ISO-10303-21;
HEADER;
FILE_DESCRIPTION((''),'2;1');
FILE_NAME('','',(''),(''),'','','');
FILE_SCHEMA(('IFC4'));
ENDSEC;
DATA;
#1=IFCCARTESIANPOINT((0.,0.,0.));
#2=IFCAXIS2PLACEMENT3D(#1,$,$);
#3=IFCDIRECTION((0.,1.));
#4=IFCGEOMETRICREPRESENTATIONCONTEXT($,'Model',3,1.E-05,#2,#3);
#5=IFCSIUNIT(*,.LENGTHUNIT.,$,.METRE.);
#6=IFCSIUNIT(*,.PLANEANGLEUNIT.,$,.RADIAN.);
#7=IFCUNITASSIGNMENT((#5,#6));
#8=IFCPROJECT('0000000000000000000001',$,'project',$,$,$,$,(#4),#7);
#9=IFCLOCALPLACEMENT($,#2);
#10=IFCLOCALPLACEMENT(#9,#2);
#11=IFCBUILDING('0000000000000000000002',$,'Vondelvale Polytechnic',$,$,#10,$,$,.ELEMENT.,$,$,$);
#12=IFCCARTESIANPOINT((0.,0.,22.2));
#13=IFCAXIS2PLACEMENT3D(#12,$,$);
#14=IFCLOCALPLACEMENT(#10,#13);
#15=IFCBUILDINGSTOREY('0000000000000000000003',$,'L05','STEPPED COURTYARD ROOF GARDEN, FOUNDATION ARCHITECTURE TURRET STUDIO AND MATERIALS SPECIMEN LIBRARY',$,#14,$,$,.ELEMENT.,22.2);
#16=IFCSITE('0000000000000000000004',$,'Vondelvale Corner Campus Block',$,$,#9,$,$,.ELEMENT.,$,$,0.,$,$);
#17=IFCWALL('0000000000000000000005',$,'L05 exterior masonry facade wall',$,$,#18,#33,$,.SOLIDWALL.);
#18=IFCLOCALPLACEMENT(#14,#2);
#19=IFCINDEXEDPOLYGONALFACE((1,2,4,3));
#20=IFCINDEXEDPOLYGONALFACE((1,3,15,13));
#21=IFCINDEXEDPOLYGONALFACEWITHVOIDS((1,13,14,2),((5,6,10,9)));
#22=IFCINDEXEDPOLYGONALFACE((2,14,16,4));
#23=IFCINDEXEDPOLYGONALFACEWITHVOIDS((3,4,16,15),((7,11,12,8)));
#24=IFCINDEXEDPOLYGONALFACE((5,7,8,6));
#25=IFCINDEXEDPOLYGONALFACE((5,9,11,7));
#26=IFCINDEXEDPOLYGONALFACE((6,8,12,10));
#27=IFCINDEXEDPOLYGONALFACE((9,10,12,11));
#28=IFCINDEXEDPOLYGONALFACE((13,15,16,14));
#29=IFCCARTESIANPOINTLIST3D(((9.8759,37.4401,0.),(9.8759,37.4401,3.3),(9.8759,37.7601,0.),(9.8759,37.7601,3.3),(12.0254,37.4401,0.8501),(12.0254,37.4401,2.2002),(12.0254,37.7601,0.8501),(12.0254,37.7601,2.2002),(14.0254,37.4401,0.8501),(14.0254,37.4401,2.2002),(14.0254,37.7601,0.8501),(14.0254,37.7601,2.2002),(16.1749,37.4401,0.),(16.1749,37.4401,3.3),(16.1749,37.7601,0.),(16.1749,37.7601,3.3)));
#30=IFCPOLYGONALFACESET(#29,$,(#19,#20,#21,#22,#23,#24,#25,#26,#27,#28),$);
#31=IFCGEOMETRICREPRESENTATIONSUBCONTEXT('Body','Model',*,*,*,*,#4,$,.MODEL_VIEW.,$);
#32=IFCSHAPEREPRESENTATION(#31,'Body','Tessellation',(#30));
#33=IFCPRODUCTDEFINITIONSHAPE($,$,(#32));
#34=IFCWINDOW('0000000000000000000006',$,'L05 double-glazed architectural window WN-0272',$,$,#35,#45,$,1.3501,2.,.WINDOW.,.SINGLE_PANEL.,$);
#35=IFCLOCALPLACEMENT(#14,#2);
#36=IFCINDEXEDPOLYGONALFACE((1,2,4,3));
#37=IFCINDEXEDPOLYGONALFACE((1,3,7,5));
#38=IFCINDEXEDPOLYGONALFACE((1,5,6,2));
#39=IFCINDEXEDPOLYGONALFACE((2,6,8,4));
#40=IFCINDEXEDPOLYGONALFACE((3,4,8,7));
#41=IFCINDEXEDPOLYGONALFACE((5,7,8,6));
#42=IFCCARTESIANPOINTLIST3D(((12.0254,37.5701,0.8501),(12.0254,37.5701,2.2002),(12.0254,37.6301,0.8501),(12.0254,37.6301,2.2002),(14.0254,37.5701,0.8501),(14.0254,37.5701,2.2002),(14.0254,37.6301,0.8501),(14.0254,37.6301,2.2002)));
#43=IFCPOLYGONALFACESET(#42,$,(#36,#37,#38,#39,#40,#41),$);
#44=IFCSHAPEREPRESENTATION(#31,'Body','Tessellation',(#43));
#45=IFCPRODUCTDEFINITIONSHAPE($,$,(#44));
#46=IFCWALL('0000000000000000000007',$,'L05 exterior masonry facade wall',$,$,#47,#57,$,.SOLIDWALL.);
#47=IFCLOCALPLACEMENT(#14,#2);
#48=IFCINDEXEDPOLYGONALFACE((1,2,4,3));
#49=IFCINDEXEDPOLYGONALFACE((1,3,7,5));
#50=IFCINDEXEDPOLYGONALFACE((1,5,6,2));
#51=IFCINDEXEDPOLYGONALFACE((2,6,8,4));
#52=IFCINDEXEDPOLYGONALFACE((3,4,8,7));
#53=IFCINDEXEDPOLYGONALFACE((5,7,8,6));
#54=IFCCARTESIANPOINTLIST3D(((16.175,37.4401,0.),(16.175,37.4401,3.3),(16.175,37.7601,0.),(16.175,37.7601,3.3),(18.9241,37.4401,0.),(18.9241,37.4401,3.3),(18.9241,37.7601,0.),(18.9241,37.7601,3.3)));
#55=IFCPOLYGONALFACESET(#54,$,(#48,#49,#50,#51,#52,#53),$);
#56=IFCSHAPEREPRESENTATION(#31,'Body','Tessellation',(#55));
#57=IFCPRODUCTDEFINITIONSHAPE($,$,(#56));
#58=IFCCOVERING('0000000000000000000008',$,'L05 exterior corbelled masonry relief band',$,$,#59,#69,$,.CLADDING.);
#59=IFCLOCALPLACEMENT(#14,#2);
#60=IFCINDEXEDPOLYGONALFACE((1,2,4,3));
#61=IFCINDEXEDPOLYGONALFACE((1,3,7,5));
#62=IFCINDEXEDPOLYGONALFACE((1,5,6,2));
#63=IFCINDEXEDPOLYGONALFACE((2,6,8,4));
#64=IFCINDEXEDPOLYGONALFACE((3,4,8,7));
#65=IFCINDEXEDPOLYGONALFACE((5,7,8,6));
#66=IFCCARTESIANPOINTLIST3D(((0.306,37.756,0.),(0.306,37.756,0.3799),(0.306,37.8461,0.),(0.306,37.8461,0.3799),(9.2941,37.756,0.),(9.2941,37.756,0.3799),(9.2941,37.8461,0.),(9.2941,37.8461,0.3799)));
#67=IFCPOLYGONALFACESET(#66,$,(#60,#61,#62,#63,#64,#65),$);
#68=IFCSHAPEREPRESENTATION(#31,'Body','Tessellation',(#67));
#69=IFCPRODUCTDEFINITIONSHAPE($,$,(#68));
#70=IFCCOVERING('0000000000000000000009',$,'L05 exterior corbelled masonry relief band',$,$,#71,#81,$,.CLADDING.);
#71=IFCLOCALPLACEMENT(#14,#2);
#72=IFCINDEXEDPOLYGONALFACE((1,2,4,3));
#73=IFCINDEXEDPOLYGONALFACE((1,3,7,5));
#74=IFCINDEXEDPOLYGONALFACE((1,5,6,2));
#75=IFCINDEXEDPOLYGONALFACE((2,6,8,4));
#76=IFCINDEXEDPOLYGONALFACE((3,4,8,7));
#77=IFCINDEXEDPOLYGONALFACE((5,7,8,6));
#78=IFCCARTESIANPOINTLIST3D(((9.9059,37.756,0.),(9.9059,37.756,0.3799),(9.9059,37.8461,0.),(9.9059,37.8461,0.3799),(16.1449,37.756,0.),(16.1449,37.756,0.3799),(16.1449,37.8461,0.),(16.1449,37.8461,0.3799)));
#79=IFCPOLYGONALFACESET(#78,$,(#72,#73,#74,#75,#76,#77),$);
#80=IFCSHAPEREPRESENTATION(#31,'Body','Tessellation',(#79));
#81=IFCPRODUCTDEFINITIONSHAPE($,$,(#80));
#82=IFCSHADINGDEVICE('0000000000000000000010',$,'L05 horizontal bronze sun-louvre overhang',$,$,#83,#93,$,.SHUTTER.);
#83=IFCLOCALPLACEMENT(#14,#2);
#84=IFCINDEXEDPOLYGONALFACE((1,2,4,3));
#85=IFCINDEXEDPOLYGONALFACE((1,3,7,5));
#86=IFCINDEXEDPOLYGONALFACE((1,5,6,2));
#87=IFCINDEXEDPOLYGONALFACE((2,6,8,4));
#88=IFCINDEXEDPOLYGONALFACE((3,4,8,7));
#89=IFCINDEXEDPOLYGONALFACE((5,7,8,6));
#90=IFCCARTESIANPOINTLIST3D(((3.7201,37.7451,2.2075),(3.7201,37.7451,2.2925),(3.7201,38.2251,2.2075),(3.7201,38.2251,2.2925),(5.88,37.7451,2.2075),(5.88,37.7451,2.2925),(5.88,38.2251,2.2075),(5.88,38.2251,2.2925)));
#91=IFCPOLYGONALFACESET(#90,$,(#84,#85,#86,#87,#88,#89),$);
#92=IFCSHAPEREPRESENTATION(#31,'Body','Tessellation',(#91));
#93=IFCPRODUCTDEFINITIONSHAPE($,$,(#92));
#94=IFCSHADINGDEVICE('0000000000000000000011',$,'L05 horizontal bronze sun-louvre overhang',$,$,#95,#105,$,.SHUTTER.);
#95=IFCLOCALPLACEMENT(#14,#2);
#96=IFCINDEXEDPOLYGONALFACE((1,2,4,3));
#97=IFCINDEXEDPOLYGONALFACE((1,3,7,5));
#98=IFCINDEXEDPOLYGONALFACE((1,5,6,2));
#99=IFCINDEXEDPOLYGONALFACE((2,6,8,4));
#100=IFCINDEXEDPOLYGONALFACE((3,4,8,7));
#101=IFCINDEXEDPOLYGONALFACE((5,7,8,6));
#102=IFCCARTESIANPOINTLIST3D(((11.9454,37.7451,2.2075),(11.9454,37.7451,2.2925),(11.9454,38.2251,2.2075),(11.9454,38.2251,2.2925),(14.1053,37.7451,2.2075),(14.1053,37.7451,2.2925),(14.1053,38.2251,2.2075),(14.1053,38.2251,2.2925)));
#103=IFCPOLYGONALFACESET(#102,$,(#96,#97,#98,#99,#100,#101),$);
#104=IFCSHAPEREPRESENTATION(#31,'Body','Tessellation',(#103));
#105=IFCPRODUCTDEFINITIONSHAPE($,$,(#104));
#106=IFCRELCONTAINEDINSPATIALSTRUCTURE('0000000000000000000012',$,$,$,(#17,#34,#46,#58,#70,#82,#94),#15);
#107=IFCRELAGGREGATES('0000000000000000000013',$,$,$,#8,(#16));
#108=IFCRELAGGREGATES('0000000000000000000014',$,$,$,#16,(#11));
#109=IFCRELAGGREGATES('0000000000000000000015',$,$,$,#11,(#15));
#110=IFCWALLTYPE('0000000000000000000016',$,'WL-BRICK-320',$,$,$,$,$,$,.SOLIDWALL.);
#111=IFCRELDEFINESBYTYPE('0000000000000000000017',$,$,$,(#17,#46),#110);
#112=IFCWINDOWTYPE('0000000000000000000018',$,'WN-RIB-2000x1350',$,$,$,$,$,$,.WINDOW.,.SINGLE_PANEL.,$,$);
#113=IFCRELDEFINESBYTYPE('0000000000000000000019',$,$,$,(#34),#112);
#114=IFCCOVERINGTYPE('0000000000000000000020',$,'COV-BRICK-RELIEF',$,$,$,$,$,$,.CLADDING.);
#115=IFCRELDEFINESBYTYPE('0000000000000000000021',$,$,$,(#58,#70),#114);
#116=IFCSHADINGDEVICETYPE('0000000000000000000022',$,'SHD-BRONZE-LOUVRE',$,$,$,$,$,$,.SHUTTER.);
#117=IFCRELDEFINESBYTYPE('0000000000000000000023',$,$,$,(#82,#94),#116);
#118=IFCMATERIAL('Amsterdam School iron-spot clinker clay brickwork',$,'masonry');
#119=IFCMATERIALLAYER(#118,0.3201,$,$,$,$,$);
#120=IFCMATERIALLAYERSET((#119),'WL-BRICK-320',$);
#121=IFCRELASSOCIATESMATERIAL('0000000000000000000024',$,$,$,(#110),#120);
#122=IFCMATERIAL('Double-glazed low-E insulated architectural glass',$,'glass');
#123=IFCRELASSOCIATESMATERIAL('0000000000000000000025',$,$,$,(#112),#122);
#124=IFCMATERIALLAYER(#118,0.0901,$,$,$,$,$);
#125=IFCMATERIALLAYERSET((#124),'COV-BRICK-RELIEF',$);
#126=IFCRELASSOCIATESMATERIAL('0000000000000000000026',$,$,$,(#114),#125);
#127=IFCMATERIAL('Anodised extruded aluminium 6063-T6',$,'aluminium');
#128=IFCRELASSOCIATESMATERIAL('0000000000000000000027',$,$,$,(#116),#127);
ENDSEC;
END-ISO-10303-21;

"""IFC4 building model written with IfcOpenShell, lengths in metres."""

from ifc_helpers import new_model, si_unit, direction, frame, frame_2d, origin, origin_2d, place, context, subcontext, project, spatial, rectangle, extrude, material, layer, layer_set, type_object, element, fill, save


model = new_model("IFC4")

# Units and contexts
model_context = context("Model", 3, precision=1e-05, world=origin(), true_north=direction((0.0, 1.0)))
body_context = subcontext(model_context, "Body", "Model", "MODEL_VIEW")
ifc_project = project(units=[si_unit("LENGTHUNIT", "METRE"), si_unit("PLANEANGLEUNIT", "RADIAN")], contexts=[model_context])

# Site, building, storey
site_placement = place(None, origin())
site = spatial("IfcSite", under=ifc_project, at=site_placement, Name="Vondelvale Corner Campus Block", CompositionType="ELEMENT", RefElevation=0.0)
building_placement = place(site_placement, origin())
building = spatial("IfcBuilding", under=site, at=building_placement, Name="Vondelvale Polytechnic", CompositionType="ELEMENT")
storey_placement = place(building_placement, frame((0.0, 0.0, 22.2)))
storey = spatial("IfcBuildingStorey", under=building, at=storey_placement, Name="L05", Description="STEPPED COURTYARD ROOF GARDEN, FOUNDATION ARCHITECTURE TURRET STUDIO AND MATERIALS SPECIMEN LIBRARY", CompositionType="ELEMENT", Elevation=22.2)

# Wall, opening, window
ifc_material_1 = material(Name="Amsterdam School iron-spot clinker clay brickwork", Category="masonry")
ifc_layer_1 = layer(ifc_material_1, 0.3201)
ifc_layer_set_1 = layer_set([ifc_layer_1], Name="WL-BRICK-320")
wall_type = type_object("IfcWallType", Name="WL-BRICK-320", PredefinedType="SOLIDWALL", material=ifc_layer_set_1)
ifc_material_2 = material(Name="Double-glazed low-E insulated architectural glass", Category="glass")
window_type = type_object("IfcWindowType", Name="WN-RIB-2000x1350", PartitioningType="SINGLE_PANEL", PredefinedType="WINDOW", material=ifc_material_2)
wall_1_placement = place(storey_placement, frame((9.876, 37.6001, 0.0), z_axis=(0.0, 0.0, 1.0), x_axis=(1.0, 0.0, 0.0)))
wall_1 = element("IfcWall", 1, at=wall_1_placement, inside=storey, type_object=wall_type, Name="L05 exterior masonry facade wall", PredefinedType="SOLIDWALL", context=body_context, shape_type="SweptSolid", body=[
    extrude(rectangle(XDim=6.2991, YDim=0.3201, at=frame_2d((3.1494, 0.0))), origin(), (0.0, 0.0, 1.0), 3.3),
])
opening_1_placement = place(wall_1_placement, frame((2.1494, 0.0, 0.8501)))
opening_1 = element("IfcOpeningElement", 2, at=opening_1_placement, cuts=wall_1, PredefinedType="OPENING", context=body_context, shape_type="SweptSolid", body=[
    extrude(rectangle(XDim=2.0, YDim=1.3501, at=frame_2d((1.0, 0.675))), frame((0.0, 0.1699, 0.0), z_axis=(0.0, -1.0, 0.0), x_axis=(1.0, 0.0, 0.0)), (0.0, 0.0, 1.0), 0.3401),
])
window_1_placement = place(opening_1_placement, origin())
window_1 = element("IfcWindow", 3, at=window_1_placement, inside=storey, type_object=window_type, Name="L05 double-glazed architectural window WN-0272", OverallHeight=1.3501, OverallWidth=2.0, PartitioningType="SINGLE_PANEL", PredefinedType="WINDOW", context=body_context, shape_type="SweptSolid", body=[
    extrude(rectangle(XDim=2.0, YDim=1.3501, at=frame_2d((1.0, 0.675))), frame((0.0, 0.03, 0.0), z_axis=(0.0, -1.0, 0.0), x_axis=(1.0, 0.0, 0.0)), (0.0, 0.0, 1.0), 0.0601),
])
fill(opening_1, window_1)

# Wall
wall_2_placement = place(storey_placement, frame((16.175, 37.6001, 0.0), z_axis=(0.0, 0.0, 1.0), x_axis=(1.0, 0.0, 0.0)))
element("IfcWall", 4, at=wall_2_placement, inside=storey, type_object=wall_type, Name="L05 exterior masonry facade wall", PredefinedType="SOLIDWALL", context=body_context, shape_type="SweptSolid", body=[
    extrude(rectangle(XDim=2.749, YDim=0.3201, at=frame_2d((1.3745, 0.0))), origin(), (0.0, 0.0, 1.0), 3.3),
])

# Coverings
ifc_layer_2 = layer(ifc_material_1, 0.0901)
ifc_layer_set_2 = layer_set([ifc_layer_2], Name="COV-BRICK-RELIEF")
covering_type = type_object("IfcCoveringType", Name="COV-BRICK-RELIEF", PredefinedType="CLADDING", material=ifc_layer_set_2)
covering_1_placement = place(storey_placement, frame((4.8, 37.801, 0.0), z_axis=(0.0, 0.0, 1.0), x_axis=(1.0, 0.0, 0.0)))
element("IfcCovering", 5, at=covering_1_placement, inside=storey, type_object=covering_type, Name="L05 exterior corbelled masonry relief band", PredefinedType="CLADDING", context=body_context, shape_type="SweptSolid", body=[
    extrude(rectangle(XDim=8.988, YDim=0.0901, at=origin_2d()), origin(), (0.0, 0.0, 1.0), 0.3799),
])
covering_2_placement = place(storey_placement, frame((13.0254, 37.801, 0.0), z_axis=(0.0, 0.0, 1.0), x_axis=(1.0, 0.0, 0.0)))
element("IfcCovering", 6, at=covering_2_placement, inside=storey, type_object=covering_type, Name="L05 exterior corbelled masonry relief band", PredefinedType="CLADDING", context=body_context, shape_type="SweptSolid", body=[
    extrude(rectangle(XDim=6.239, YDim=0.0901, at=origin_2d()), origin(), (0.0, 0.0, 1.0), 0.3799),
])

# Shading devices
ifc_material_3 = material(Name="Anodised extruded aluminium 6063-T6", Category="aluminium")
shading_device_type = type_object("IfcShadingDeviceType", Name="SHD-BRONZE-LOUVRE", PredefinedType="SHUTTER", material=ifc_material_3)
for number, where, z_axis, x_axis, name in (
    (7, (4.8, 37.9851, 2.2075), (0.0, 0.0, 1.0), (1.0, 0.0, 0.0), "L05 horizontal bronze sun-louvre overhang"),
    (8, (13.0254, 37.9851, 2.2075), (0.0, 0.0, 1.0), (1.0, 0.0, 0.0), "L05 horizontal bronze sun-louvre overhang"),
):
    element("IfcShadingDevice", number, at=place(storey_placement, frame(where, z_axis=z_axis, x_axis=x_axis)), inside=storey, type_object=shading_device_type, Name=name, PredefinedType="SHUTTER", context=body_context, shape_type="SweptSolid", body=[
        extrude(rectangle(XDim=2.1599, YDim=0.48, at=origin_2d()), origin(), (0.0, 0.0, 1.0), 0.085),
    ])

save(model, "model.ifc")
